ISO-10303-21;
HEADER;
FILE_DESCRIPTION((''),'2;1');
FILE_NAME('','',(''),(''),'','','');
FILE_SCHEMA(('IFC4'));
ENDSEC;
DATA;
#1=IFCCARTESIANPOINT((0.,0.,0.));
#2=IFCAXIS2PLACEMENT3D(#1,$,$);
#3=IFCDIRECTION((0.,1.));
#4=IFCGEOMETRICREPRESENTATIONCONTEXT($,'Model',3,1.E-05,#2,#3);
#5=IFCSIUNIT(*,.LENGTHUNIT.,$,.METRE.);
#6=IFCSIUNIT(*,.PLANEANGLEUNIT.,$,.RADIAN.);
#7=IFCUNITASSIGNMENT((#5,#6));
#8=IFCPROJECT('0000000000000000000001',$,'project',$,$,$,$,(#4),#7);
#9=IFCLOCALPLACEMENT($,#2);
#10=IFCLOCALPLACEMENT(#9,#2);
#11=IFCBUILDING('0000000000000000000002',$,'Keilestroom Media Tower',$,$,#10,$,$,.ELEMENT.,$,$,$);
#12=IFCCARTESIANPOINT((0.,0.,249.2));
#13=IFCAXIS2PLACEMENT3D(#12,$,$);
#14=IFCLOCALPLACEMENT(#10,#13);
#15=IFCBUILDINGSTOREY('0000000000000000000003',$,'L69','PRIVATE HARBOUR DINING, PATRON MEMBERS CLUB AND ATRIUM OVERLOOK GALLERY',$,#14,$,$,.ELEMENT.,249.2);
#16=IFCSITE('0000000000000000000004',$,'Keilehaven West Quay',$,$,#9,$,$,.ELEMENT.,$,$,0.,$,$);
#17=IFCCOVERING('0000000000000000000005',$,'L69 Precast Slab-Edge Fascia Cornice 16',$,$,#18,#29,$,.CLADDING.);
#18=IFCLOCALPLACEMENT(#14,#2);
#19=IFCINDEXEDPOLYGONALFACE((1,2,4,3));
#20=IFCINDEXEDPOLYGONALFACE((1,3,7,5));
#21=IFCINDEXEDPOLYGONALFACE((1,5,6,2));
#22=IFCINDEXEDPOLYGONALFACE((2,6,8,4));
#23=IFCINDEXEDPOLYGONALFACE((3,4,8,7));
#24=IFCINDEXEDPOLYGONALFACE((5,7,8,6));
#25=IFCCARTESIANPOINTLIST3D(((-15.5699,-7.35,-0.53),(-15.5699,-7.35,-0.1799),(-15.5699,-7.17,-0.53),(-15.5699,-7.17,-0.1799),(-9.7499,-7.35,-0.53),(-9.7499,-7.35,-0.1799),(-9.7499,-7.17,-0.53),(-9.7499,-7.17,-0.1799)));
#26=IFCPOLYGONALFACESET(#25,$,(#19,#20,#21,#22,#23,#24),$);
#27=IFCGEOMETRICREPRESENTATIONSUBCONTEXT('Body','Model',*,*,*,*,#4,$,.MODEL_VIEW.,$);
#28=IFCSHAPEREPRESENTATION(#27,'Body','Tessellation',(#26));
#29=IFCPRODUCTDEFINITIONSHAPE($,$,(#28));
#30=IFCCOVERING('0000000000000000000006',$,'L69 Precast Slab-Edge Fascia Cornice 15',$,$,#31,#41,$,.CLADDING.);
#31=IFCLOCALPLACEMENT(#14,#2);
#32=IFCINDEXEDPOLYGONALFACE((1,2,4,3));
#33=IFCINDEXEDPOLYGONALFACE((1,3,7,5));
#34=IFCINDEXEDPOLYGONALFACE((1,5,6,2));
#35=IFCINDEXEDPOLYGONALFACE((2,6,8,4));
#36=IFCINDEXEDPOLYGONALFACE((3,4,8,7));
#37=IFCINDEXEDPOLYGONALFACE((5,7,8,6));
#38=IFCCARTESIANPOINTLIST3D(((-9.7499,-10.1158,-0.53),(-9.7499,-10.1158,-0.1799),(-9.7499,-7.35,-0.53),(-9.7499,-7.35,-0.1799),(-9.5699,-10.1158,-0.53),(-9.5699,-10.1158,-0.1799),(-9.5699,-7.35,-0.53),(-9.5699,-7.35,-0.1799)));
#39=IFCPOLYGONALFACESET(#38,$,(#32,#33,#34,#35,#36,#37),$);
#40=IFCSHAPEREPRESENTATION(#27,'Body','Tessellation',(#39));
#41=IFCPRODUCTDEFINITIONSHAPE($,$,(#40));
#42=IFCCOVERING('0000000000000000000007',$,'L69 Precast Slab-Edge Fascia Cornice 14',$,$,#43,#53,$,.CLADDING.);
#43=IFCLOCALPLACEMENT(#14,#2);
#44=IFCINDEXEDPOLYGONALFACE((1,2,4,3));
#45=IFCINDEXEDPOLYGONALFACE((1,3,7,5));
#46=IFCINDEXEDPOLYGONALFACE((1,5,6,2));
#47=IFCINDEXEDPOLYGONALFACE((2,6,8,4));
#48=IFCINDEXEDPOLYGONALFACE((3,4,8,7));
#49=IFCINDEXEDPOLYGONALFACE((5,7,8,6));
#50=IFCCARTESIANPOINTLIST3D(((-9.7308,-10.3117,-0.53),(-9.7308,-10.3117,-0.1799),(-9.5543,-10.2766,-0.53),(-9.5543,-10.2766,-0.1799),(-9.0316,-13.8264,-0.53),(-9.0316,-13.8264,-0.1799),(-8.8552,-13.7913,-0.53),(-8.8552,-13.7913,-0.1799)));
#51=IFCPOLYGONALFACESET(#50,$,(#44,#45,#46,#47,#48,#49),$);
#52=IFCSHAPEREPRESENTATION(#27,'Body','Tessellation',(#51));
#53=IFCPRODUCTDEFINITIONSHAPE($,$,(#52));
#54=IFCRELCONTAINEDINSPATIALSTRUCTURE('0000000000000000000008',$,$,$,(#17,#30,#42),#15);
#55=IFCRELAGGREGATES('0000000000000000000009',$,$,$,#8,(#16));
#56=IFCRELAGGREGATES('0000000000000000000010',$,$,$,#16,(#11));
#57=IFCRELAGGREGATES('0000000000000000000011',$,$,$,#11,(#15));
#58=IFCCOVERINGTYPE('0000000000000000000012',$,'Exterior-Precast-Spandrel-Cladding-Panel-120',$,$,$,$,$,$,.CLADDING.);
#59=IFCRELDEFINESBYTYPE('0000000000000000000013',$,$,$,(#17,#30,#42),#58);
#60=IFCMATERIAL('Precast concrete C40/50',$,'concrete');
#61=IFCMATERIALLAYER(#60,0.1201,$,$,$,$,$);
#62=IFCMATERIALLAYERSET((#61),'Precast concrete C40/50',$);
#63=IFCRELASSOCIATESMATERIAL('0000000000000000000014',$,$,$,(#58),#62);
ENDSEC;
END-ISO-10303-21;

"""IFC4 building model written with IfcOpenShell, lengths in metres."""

from ifc_helpers import new_model, si_unit, direction, frame, origin, origin_2d, place, context, subcontext, project, spatial, rectangle, extrude, source, transform, mapped, material, layer, layer_set, type_object, element, save


model = new_model("IFC4")

# Units and contexts
model_context = context("Model", 3, precision=1e-05, world=origin(), true_north=direction((0.0, 1.0)))
body_context = subcontext(model_context, "Body", "Model", "MODEL_VIEW")
ifc_project = project(units=[si_unit("LENGTHUNIT", "METRE"), si_unit("PLANEANGLEUNIT", "RADIAN")], contexts=[model_context])

# Site, building, storey
site_placement = place(None, origin())
site = spatial("IfcSite", under=ifc_project, at=site_placement, Name="Keilehaven West Quay", CompositionType="ELEMENT", RefElevation=0.0)
building_placement = place(site_placement, origin())
building = spatial("IfcBuilding", under=site, at=building_placement, Name="Keilestroom Media Tower", CompositionType="ELEMENT")
storey_placement = place(building_placement, frame((0.0, 0.0, 249.2)))
storey = spatial("IfcBuildingStorey", under=building, at=storey_placement, Name="L69", Description="PRIVATE HARBOUR DINING, PATRON MEMBERS CLUB AND ATRIUM OVERLOOK GALLERY", CompositionType="ELEMENT", Elevation=249.2)

# Shared definitions
ifc_material_1 = material(Name="Precast concrete C40/50", Category="concrete")

# Coverings
ifc_layer_1 = layer(ifc_material_1, 0.1201)
ifc_layer_set_1 = layer_set([ifc_layer_1], Name="Precast concrete C40/50")
covering_type = type_object("IfcCoveringType", Name="Exterior-Precast-Spandrel-Cladding-Panel-120", PredefinedType="CLADDING", material=ifc_layer_set_1)
shared_shape_1 = source(origin(), body_context, "Body", "SweptSolid", [
    extrude(rectangle(XDim=5.8201, YDim=0.1799, at=origin_2d()), origin(), (0.0, 0.0, 1.0), 0.3501),
])
covering_1_placement = place(storey_placement, frame((-12.6599, -7.26, -0.53), z_axis=(0.0, 0.0, 1.0), x_axis=(-1.0, 0.0, 0.0)))
element("IfcCovering", 1, at=covering_1_placement, inside=storey, type_object=covering_type, Name="L69 Precast Slab-Edge Fascia Cornice 16", PredefinedType="CLADDING", context=body_context, shape_type="MappedRepresentation", body=[
    mapped(shared_shape_1, transform((0.0, 0.0, 0.0), x_axis=(1.0, 0.0, 0.0), y_axis=(0.0, 1.0, 0.0), z_axis=(0.0, 0.0, 1.0), scale=1.0)),
])
shared_shape_2 = source(origin(), body_context, "Body", "SweptSolid", [
    extrude(rectangle(XDim=2.7659, YDim=0.1799, at=origin_2d()), origin(), (0.0, 0.0, 1.0), 0.3501),
])
covering_2_placement = place(storey_placement, frame((-9.6599, -8.7329, -0.53), z_axis=(0.0, 0.0, 1.0), x_axis=(0.0, 1.0, 0.0)))
element("IfcCovering", 2, at=covering_2_placement, inside=storey, type_object=covering_type, Name="L69 Precast Slab-Edge Fascia Cornice 15", PredefinedType="CLADDING", context=body_context, shape_type="MappedRepresentation", body=[
    mapped(shared_shape_2, transform((0.0, 0.0, 0.0), x_axis=(1.0, 0.0, 0.0), y_axis=(0.0, 1.0, 0.0), z_axis=(0.0, 0.0, 1.0), scale=1.0)),
])
shared_shape_3 = source(origin(), body_context, "Body", "SweptSolid", [
    extrude(rectangle(XDim=3.5835, YDim=0.1799, at=origin_2d()), origin(), (0.0, 0.0, 1.0), 0.3501),
])
covering_3_placement = place(storey_placement, frame((-9.293, -12.0515, -0.53), z_axis=(0.0, 0.0, 1.0), x_axis=(-0.195099, 0.980784, 0.0)))
element("IfcCovering", 3, at=covering_3_placement, inside=storey, type_object=covering_type, Name="L69 Precast Slab-Edge Fascia Cornice 14", PredefinedType="CLADDING", context=body_context, shape_type="MappedRepresentation", body=[
    mapped(shared_shape_3, transform((0.0, 0.0, 0.0), x_axis=(1.0, 0.0, 0.0), y_axis=(0.0, 1.0, 0.0), z_axis=(0.0, 0.0, 1.0), scale=1.0)),
])

save(model, "model.ifc")
